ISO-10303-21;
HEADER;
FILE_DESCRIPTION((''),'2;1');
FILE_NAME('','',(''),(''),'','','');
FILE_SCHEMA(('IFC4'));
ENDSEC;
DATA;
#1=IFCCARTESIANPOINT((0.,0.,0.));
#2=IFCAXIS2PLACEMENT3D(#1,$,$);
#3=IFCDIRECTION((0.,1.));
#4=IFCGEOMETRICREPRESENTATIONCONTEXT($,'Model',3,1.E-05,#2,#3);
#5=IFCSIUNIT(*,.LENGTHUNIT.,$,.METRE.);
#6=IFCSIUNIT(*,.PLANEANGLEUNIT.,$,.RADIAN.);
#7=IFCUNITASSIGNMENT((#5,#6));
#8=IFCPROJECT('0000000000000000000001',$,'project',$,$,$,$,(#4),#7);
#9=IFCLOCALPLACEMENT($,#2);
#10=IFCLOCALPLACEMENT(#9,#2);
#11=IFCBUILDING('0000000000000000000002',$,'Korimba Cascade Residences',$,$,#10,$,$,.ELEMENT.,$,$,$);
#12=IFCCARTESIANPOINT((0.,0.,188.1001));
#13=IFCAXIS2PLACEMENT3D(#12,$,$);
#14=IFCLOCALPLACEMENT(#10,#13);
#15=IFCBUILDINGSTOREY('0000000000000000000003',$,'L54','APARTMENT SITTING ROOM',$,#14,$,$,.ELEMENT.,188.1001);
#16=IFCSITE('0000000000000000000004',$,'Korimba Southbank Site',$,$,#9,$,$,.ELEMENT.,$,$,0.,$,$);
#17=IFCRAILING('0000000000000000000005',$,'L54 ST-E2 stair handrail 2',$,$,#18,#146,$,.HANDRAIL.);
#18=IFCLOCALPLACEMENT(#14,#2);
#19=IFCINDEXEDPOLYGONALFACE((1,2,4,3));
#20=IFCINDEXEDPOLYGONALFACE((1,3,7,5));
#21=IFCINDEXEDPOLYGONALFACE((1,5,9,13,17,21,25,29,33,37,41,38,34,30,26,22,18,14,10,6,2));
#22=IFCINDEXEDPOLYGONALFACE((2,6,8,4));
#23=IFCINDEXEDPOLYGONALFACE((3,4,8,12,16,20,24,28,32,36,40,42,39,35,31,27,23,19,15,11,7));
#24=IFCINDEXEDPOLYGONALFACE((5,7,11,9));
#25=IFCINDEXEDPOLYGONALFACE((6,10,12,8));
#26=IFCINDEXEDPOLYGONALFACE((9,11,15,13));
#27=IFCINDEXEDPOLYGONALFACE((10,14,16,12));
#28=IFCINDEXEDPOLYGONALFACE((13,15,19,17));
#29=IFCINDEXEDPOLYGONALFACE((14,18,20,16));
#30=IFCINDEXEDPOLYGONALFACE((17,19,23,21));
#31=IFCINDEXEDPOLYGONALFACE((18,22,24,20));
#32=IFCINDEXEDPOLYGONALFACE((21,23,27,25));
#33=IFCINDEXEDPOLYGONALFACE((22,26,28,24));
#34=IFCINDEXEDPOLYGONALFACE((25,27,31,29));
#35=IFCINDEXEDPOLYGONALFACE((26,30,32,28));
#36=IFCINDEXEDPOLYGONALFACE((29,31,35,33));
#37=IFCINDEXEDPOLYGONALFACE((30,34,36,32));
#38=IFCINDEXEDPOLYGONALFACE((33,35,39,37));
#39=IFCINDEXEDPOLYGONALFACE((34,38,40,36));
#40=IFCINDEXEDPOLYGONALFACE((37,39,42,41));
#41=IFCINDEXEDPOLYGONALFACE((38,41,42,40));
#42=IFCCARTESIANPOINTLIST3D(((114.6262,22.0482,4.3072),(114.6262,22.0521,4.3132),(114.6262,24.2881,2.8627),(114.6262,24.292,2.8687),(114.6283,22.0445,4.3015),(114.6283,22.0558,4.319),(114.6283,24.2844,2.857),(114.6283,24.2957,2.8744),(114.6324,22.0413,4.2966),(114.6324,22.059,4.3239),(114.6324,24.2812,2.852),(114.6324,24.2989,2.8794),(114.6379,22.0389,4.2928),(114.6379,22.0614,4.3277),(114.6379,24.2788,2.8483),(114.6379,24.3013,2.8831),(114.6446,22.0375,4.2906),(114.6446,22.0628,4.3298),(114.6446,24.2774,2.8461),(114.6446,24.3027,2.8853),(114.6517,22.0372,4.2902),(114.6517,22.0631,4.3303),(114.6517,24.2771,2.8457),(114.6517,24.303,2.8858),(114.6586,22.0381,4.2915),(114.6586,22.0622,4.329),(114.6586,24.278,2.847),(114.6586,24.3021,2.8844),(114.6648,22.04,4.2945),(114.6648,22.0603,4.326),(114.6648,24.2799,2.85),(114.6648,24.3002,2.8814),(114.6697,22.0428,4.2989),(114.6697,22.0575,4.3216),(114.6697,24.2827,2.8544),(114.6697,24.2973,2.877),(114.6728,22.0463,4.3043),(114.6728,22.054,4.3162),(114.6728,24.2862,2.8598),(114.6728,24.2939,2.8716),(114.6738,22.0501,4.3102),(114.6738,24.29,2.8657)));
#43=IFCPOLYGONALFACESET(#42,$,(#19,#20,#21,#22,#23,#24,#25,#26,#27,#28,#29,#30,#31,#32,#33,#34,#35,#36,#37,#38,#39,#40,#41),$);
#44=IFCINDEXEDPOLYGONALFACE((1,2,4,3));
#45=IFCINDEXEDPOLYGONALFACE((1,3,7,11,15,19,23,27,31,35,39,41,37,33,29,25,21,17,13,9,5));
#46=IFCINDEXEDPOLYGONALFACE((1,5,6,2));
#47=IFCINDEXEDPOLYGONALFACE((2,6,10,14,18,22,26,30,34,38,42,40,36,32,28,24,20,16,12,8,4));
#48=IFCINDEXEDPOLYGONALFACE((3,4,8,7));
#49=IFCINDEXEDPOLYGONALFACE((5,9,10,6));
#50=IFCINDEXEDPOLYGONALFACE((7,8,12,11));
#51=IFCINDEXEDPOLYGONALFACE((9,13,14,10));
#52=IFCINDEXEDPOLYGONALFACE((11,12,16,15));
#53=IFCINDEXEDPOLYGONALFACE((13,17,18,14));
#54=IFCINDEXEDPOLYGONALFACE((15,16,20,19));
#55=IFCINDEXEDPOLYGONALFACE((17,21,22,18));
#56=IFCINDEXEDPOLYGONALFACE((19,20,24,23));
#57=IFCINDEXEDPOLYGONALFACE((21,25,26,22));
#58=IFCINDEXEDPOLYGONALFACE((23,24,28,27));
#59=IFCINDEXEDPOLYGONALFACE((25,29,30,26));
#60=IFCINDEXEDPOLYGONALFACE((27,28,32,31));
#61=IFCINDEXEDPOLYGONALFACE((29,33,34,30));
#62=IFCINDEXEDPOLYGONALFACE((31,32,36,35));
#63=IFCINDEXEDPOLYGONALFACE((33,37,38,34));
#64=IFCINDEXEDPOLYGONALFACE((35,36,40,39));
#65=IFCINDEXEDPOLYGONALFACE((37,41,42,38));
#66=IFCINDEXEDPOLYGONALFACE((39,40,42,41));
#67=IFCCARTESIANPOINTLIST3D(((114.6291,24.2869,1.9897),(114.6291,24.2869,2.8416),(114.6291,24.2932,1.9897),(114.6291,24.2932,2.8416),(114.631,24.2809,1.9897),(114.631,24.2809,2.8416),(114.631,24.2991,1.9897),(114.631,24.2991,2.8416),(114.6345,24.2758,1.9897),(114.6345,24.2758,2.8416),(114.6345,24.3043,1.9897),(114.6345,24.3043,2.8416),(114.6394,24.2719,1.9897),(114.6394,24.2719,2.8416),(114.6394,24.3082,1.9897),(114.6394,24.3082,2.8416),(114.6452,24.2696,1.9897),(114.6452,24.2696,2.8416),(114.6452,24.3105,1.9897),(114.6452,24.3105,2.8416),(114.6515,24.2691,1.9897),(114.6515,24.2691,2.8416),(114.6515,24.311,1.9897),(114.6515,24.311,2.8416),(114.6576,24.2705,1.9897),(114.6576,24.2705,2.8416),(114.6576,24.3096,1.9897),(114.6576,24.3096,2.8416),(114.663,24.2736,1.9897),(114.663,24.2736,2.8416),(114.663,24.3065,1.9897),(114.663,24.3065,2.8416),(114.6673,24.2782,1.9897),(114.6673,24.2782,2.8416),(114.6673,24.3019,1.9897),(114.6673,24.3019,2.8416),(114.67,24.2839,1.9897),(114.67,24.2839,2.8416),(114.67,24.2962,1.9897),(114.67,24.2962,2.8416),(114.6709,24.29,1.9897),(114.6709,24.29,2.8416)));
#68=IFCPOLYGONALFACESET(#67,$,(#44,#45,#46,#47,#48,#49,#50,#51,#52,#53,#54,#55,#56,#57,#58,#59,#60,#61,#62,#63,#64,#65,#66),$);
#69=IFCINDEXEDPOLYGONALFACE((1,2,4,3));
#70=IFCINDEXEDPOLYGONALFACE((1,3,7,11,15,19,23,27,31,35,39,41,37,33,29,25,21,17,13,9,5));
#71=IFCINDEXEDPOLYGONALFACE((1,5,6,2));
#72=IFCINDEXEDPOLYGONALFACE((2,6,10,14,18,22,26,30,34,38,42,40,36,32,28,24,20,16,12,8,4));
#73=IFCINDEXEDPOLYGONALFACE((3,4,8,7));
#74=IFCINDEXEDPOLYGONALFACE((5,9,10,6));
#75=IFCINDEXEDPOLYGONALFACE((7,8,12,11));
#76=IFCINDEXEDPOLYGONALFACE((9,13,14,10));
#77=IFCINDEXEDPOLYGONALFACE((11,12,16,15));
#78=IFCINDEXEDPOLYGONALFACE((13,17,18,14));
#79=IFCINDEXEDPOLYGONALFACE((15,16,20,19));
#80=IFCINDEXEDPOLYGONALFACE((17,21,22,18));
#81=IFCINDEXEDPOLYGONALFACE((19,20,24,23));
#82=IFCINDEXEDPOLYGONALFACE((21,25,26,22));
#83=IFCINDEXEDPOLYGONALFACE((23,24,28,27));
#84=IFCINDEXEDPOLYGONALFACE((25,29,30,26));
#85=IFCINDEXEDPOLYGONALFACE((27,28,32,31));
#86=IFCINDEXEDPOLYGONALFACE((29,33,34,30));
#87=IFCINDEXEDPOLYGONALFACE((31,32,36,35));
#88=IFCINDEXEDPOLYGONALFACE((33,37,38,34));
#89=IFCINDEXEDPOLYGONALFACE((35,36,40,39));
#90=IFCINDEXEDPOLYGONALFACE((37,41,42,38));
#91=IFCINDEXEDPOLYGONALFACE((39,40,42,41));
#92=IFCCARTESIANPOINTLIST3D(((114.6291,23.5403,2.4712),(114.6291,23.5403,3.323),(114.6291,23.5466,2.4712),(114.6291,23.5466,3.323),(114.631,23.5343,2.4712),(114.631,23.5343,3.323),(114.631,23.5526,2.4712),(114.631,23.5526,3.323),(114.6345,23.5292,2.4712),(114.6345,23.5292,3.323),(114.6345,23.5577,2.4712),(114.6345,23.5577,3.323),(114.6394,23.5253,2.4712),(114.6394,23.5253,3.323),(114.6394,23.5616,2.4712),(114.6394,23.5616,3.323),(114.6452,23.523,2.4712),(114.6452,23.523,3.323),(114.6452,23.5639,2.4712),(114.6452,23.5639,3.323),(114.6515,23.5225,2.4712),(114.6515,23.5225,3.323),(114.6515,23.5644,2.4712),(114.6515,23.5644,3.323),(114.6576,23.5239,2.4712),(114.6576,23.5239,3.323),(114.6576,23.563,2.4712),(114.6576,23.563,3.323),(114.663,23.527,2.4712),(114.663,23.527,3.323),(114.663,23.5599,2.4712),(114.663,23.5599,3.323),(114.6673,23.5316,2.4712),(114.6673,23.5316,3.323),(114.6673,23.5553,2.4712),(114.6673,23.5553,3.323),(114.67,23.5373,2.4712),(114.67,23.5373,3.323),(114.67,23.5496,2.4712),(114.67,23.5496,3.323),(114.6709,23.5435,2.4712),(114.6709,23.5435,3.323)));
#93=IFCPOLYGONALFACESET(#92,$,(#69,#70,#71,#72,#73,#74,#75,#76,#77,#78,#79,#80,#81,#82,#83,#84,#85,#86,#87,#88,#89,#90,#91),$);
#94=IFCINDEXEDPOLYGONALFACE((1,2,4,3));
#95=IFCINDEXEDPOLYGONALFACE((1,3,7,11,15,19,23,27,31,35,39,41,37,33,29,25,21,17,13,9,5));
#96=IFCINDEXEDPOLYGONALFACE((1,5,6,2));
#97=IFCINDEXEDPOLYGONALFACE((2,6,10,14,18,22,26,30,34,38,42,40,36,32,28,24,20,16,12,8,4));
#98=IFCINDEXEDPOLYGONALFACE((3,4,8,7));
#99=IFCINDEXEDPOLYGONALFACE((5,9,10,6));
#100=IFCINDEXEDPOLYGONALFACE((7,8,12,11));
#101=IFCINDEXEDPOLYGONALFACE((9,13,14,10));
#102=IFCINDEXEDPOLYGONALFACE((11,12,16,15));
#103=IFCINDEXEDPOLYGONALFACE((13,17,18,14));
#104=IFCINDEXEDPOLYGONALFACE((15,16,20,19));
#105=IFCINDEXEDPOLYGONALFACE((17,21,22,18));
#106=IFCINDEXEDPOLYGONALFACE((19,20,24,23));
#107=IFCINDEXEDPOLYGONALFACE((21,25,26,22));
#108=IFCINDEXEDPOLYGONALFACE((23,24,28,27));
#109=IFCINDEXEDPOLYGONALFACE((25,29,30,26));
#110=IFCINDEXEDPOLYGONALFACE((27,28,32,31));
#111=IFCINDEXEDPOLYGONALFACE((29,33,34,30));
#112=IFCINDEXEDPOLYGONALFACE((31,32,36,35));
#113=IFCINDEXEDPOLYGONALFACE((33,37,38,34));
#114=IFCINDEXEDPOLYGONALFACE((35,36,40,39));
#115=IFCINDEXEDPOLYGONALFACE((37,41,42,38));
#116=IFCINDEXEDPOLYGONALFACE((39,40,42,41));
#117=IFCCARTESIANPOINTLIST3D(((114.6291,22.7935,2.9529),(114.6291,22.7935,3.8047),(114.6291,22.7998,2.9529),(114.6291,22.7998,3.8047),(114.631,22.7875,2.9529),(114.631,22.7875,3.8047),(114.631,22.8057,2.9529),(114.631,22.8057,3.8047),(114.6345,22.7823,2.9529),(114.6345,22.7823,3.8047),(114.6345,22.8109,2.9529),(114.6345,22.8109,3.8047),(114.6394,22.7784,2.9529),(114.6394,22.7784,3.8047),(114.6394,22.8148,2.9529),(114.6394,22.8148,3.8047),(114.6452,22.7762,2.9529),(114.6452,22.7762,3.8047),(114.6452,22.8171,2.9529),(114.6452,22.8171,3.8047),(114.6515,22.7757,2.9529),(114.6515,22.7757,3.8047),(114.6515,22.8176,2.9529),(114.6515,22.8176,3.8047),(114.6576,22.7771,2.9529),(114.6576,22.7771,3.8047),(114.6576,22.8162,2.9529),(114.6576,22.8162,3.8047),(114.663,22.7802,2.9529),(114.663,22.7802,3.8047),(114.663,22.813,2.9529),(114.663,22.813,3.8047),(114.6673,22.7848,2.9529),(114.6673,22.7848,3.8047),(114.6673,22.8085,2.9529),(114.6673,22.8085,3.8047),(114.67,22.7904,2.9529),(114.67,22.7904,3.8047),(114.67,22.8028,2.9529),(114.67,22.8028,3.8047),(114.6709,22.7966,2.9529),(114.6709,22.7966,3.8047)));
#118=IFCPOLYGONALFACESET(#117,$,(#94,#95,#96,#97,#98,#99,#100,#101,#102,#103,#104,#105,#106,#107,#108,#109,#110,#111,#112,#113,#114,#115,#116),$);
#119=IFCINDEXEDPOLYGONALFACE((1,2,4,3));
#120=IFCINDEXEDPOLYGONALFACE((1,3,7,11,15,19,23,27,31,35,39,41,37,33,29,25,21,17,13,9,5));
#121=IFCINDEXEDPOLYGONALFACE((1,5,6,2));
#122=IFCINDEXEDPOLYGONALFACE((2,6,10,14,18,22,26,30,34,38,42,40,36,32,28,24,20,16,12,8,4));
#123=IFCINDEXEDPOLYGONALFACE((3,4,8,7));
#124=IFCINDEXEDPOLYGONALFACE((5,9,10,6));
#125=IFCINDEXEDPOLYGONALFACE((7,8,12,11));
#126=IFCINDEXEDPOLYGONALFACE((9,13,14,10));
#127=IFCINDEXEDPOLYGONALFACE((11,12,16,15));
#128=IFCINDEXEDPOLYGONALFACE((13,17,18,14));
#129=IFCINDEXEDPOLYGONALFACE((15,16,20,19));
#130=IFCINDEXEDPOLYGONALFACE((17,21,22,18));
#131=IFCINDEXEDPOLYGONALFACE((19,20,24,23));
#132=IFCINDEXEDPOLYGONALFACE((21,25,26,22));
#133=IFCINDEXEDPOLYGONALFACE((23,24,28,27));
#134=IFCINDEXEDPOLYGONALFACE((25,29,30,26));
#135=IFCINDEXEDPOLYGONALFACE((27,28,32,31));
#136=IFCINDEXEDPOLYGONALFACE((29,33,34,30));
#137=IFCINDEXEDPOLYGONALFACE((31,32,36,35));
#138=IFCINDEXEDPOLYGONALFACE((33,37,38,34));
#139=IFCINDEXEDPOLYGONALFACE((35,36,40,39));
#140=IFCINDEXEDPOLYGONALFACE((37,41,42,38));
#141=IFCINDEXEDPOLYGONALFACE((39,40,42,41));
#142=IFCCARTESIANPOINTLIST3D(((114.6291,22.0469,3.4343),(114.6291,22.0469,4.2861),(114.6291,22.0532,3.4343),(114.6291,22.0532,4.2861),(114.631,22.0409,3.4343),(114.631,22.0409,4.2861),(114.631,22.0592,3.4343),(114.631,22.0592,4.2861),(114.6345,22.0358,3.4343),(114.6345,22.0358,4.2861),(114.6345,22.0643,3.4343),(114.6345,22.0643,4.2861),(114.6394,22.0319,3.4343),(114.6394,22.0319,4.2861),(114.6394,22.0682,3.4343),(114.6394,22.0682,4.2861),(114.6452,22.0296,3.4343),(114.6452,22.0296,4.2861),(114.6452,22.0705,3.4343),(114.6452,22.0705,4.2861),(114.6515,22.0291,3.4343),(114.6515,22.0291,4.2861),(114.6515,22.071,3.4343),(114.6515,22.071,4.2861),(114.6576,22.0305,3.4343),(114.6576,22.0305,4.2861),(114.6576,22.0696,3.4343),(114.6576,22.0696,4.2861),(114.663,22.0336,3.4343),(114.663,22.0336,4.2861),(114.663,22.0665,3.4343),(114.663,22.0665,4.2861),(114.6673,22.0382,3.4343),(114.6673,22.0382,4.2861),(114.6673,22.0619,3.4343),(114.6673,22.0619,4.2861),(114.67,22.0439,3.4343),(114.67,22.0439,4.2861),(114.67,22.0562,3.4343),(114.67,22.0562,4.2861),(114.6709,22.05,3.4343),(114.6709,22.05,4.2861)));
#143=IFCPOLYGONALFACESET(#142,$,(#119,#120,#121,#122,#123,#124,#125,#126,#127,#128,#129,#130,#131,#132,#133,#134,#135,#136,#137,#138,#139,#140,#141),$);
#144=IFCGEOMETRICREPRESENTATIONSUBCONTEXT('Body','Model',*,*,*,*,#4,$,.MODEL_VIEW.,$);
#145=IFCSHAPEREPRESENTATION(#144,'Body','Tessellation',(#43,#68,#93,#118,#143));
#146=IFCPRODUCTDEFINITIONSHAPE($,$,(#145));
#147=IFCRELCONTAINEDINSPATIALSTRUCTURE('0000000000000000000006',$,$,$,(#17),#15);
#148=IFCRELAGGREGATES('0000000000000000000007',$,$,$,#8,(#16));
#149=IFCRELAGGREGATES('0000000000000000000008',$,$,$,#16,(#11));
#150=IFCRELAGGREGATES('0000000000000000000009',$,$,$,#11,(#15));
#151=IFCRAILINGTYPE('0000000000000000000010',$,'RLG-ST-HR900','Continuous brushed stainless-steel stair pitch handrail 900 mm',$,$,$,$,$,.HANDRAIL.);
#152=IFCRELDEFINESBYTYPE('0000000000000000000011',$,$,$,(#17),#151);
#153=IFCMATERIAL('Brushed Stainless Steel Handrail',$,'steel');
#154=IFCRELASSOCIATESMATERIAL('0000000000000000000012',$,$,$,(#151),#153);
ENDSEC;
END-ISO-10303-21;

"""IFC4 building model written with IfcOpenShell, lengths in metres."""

from ifc_helpers import new_model, si_unit, direction, frame, origin, origin_2d, place, context, subcontext, project, spatial, circle, extrude, material, type_object, element, save


model = new_model("IFC4")

# Units and contexts
model_context = context("Model", 3, precision=1e-05, world=origin(), true_north=direction((0.0, 1.0)))
body_context = subcontext(model_context, "Body", "Model", "MODEL_VIEW")
ifc_project = project(units=[si_unit("LENGTHUNIT", "METRE"), si_unit("PLANEANGLEUNIT", "RADIAN")], contexts=[model_context])

# Site, building, storey
site_placement = place(None, origin())
site = spatial("IfcSite", under=ifc_project, at=site_placement, Name="Korimba Southbank Site", CompositionType="ELEMENT", RefElevation=0.0)
building_placement = place(site_placement, origin())
building = spatial("IfcBuilding", under=site, at=building_placement, Name="Korimba Cascade Residences", CompositionType="ELEMENT")
storey_placement = place(building_placement, frame((0.0, 0.0, 188.1001)))
storey = spatial("IfcBuildingStorey", under=building, at=storey_placement, Name="L54", Description="APARTMENT SITTING ROOM", CompositionType="ELEMENT", Elevation=188.1001)

# Railing
ifc_material_1 = material(Name="Brushed Stainless Steel Handrail", Category="steel")
railing_type_1 = type_object("IfcRailingType", Name="RLG-ST-HR900", Description="Continuous brushed stainless-steel stair pitch handrail 900 mm", PredefinedType="HANDRAIL", material=ifc_material_1)
railing_1_placement = place(storey_placement, frame((114.6499, 24.29, 1.9897)))
element("IfcRailing", 1, at=railing_1_placement, inside=storey, type_object=railing_type_1, Name="L54 ST-E2 stair handrail 2", PredefinedType="HANDRAIL", context=body_context, shape_type="SweptSolid", body=[
    extrude(circle(Radius=0.0239, at=origin_2d()), frame((0.0, 0.0, 0.876), z_axis=(0.0, -0.840395, 0.541975), x_axis=(1.0, 0.0, 0.0)), (0.0, 0.0, 1.0), 2.6653),
    extrude(circle(Radius=0.021, at=origin_2d()), origin(), (0.0, 0.0, 1.0), 0.8518),
    extrude(circle(Radius=0.021, at=origin_2d()), frame((0.0, -0.7466, 0.4814)), (0.0, 0.0, 1.0), 0.8518),
    extrude(circle(Radius=0.021, at=origin_2d()), frame((0.0, -1.4934, 0.9631)), (0.0, 0.0, 1.0), 0.8518),
    extrude(circle(Radius=0.021, at=origin_2d()), frame((0.0, -2.24, 1.4446)), (0.0, 0.0, 1.0), 0.8518),
])

save(model, "model.ifc")
